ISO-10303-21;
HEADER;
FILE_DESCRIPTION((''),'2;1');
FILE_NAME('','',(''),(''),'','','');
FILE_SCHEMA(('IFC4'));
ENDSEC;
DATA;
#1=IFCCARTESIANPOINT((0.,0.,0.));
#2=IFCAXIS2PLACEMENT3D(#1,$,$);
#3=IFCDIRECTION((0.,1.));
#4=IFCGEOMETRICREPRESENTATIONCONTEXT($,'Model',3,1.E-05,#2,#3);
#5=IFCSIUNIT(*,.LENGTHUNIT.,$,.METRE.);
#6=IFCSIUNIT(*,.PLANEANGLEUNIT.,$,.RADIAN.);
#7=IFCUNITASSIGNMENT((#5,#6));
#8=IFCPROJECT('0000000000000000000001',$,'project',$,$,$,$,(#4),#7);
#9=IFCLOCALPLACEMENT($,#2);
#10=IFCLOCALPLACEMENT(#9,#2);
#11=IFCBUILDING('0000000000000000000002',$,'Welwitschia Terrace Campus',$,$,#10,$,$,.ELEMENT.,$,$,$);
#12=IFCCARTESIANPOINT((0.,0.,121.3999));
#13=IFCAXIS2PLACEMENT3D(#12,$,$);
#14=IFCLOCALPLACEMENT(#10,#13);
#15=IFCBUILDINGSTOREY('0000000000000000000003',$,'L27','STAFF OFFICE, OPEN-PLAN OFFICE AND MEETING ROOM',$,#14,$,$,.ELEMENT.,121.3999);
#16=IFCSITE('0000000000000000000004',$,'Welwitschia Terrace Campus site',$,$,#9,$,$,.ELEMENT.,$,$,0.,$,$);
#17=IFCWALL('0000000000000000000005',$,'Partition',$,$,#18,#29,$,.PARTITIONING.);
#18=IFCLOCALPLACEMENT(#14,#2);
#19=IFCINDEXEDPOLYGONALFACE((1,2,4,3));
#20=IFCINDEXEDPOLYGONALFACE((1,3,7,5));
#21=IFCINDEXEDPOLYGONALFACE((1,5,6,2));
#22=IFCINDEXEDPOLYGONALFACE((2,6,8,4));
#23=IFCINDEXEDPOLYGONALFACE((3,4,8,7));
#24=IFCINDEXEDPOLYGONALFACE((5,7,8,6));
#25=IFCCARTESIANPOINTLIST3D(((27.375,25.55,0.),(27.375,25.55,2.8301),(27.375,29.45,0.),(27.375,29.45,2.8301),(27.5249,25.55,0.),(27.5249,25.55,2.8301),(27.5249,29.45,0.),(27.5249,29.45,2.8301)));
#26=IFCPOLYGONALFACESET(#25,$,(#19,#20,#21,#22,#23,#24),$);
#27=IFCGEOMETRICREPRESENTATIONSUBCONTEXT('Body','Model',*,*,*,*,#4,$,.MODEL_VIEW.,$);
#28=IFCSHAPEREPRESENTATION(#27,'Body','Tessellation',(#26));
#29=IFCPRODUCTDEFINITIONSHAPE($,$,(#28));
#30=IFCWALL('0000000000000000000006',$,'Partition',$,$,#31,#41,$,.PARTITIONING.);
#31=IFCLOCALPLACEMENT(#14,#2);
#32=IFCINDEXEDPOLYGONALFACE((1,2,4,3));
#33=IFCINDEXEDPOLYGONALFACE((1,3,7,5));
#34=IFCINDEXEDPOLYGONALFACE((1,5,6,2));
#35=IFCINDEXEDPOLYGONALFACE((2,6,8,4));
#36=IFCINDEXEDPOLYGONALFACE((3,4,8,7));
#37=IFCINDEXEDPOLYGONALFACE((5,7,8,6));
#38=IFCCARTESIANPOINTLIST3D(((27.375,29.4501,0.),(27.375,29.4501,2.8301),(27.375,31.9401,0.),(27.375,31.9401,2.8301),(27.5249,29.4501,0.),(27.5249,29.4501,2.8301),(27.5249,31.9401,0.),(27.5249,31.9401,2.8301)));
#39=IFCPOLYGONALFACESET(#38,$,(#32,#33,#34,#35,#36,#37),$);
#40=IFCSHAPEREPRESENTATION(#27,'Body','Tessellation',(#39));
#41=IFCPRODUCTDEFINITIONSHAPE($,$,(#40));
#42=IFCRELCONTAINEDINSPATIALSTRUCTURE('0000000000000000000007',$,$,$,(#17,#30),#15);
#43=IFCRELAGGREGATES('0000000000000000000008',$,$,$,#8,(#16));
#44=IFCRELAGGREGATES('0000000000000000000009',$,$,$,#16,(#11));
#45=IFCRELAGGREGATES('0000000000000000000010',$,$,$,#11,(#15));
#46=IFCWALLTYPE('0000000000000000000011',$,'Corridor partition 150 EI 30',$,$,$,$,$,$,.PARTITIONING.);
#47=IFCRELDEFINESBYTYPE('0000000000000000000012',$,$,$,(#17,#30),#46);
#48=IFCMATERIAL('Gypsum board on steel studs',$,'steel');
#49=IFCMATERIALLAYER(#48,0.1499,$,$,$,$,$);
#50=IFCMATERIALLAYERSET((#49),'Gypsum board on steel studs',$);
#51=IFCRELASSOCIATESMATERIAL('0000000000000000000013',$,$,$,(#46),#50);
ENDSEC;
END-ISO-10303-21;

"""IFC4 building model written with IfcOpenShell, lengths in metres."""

from ifc_helpers import new_model, si_unit, direction, frame, frame_2d, origin, place, context, subcontext, project, spatial, rectangle, extrude, material, layer, layer_set, type_object, element, save


model = new_model("IFC4")

# Units and contexts
model_context = context("Model", 3, precision=1e-05, world=origin(), true_north=direction((0.0, 1.0)))
body_context = subcontext(model_context, "Body", "Model", "MODEL_VIEW")
ifc_project = project(units=[si_unit("LENGTHUNIT", "METRE"), si_unit("PLANEANGLEUNIT", "RADIAN")], contexts=[model_context])

# Site, building, storey
site_placement = place(None, origin())
site = spatial("IfcSite", under=ifc_project, at=site_placement, Name="Welwitschia Terrace Campus site", CompositionType="ELEMENT", RefElevation=0.0)
building_placement = place(site_placement, origin())
building = spatial("IfcBuilding", under=site, at=building_placement, Name="Welwitschia Terrace Campus", CompositionType="ELEMENT")
storey_placement = place(building_placement, frame((0.0, 0.0, 121.3999)))
storey = spatial("IfcBuildingStorey", under=building, at=storey_placement, Name="L27", Description="STAFF OFFICE, OPEN-PLAN OFFICE AND MEETING ROOM", CompositionType="ELEMENT", Elevation=121.3999)

# Shared definitions
ifc_material_1 = material(Name="Gypsum board on steel studs", Category="steel")
ifc_layer_1 = layer(ifc_material_1, 0.1499)
ifc_layer_set_1 = layer_set([ifc_layer_1], Name="Gypsum board on steel studs")
wall_type_1 = type_object("IfcWallType", Name="Corridor partition 150 EI 30", PredefinedType="PARTITIONING", material=ifc_layer_set_1)

# Walls
wall_1_placement = place(storey_placement, frame((27.45, 25.55, 0.0), z_axis=(0.0, 0.0, 1.0), x_axis=(0.0, 1.0, 0.0)))
element("IfcWall", 1, at=wall_1_placement, inside=storey, type_object=wall_type_1, Name="Partition", PredefinedType="PARTITIONING", context=body_context, shape_type="SweptSolid", body=[
    extrude(rectangle(XDim=3.8999, YDim=0.1499, at=frame_2d((1.95, 0.0))), origin(), (0.0, 0.0, 1.0), 2.8301),
])
wall_2_placement = place(storey_placement, frame((27.45, 29.45, 0.0), z_axis=(0.0, 0.0, 1.0), x_axis=(0.0, 1.0, 0.0)))
element("IfcWall", 2, at=wall_2_placement, inside=storey, type_object=wall_type_1, Name="Partition", PredefinedType="PARTITIONING", context=body_context, shape_type="SweptSolid", body=[
    extrude(rectangle(XDim=2.49, YDim=0.1499, at=frame_2d((1.2451, 0.0))), origin(), (0.0, 0.0, 1.0), 2.8301),
])

save(model, "model.ifc")
